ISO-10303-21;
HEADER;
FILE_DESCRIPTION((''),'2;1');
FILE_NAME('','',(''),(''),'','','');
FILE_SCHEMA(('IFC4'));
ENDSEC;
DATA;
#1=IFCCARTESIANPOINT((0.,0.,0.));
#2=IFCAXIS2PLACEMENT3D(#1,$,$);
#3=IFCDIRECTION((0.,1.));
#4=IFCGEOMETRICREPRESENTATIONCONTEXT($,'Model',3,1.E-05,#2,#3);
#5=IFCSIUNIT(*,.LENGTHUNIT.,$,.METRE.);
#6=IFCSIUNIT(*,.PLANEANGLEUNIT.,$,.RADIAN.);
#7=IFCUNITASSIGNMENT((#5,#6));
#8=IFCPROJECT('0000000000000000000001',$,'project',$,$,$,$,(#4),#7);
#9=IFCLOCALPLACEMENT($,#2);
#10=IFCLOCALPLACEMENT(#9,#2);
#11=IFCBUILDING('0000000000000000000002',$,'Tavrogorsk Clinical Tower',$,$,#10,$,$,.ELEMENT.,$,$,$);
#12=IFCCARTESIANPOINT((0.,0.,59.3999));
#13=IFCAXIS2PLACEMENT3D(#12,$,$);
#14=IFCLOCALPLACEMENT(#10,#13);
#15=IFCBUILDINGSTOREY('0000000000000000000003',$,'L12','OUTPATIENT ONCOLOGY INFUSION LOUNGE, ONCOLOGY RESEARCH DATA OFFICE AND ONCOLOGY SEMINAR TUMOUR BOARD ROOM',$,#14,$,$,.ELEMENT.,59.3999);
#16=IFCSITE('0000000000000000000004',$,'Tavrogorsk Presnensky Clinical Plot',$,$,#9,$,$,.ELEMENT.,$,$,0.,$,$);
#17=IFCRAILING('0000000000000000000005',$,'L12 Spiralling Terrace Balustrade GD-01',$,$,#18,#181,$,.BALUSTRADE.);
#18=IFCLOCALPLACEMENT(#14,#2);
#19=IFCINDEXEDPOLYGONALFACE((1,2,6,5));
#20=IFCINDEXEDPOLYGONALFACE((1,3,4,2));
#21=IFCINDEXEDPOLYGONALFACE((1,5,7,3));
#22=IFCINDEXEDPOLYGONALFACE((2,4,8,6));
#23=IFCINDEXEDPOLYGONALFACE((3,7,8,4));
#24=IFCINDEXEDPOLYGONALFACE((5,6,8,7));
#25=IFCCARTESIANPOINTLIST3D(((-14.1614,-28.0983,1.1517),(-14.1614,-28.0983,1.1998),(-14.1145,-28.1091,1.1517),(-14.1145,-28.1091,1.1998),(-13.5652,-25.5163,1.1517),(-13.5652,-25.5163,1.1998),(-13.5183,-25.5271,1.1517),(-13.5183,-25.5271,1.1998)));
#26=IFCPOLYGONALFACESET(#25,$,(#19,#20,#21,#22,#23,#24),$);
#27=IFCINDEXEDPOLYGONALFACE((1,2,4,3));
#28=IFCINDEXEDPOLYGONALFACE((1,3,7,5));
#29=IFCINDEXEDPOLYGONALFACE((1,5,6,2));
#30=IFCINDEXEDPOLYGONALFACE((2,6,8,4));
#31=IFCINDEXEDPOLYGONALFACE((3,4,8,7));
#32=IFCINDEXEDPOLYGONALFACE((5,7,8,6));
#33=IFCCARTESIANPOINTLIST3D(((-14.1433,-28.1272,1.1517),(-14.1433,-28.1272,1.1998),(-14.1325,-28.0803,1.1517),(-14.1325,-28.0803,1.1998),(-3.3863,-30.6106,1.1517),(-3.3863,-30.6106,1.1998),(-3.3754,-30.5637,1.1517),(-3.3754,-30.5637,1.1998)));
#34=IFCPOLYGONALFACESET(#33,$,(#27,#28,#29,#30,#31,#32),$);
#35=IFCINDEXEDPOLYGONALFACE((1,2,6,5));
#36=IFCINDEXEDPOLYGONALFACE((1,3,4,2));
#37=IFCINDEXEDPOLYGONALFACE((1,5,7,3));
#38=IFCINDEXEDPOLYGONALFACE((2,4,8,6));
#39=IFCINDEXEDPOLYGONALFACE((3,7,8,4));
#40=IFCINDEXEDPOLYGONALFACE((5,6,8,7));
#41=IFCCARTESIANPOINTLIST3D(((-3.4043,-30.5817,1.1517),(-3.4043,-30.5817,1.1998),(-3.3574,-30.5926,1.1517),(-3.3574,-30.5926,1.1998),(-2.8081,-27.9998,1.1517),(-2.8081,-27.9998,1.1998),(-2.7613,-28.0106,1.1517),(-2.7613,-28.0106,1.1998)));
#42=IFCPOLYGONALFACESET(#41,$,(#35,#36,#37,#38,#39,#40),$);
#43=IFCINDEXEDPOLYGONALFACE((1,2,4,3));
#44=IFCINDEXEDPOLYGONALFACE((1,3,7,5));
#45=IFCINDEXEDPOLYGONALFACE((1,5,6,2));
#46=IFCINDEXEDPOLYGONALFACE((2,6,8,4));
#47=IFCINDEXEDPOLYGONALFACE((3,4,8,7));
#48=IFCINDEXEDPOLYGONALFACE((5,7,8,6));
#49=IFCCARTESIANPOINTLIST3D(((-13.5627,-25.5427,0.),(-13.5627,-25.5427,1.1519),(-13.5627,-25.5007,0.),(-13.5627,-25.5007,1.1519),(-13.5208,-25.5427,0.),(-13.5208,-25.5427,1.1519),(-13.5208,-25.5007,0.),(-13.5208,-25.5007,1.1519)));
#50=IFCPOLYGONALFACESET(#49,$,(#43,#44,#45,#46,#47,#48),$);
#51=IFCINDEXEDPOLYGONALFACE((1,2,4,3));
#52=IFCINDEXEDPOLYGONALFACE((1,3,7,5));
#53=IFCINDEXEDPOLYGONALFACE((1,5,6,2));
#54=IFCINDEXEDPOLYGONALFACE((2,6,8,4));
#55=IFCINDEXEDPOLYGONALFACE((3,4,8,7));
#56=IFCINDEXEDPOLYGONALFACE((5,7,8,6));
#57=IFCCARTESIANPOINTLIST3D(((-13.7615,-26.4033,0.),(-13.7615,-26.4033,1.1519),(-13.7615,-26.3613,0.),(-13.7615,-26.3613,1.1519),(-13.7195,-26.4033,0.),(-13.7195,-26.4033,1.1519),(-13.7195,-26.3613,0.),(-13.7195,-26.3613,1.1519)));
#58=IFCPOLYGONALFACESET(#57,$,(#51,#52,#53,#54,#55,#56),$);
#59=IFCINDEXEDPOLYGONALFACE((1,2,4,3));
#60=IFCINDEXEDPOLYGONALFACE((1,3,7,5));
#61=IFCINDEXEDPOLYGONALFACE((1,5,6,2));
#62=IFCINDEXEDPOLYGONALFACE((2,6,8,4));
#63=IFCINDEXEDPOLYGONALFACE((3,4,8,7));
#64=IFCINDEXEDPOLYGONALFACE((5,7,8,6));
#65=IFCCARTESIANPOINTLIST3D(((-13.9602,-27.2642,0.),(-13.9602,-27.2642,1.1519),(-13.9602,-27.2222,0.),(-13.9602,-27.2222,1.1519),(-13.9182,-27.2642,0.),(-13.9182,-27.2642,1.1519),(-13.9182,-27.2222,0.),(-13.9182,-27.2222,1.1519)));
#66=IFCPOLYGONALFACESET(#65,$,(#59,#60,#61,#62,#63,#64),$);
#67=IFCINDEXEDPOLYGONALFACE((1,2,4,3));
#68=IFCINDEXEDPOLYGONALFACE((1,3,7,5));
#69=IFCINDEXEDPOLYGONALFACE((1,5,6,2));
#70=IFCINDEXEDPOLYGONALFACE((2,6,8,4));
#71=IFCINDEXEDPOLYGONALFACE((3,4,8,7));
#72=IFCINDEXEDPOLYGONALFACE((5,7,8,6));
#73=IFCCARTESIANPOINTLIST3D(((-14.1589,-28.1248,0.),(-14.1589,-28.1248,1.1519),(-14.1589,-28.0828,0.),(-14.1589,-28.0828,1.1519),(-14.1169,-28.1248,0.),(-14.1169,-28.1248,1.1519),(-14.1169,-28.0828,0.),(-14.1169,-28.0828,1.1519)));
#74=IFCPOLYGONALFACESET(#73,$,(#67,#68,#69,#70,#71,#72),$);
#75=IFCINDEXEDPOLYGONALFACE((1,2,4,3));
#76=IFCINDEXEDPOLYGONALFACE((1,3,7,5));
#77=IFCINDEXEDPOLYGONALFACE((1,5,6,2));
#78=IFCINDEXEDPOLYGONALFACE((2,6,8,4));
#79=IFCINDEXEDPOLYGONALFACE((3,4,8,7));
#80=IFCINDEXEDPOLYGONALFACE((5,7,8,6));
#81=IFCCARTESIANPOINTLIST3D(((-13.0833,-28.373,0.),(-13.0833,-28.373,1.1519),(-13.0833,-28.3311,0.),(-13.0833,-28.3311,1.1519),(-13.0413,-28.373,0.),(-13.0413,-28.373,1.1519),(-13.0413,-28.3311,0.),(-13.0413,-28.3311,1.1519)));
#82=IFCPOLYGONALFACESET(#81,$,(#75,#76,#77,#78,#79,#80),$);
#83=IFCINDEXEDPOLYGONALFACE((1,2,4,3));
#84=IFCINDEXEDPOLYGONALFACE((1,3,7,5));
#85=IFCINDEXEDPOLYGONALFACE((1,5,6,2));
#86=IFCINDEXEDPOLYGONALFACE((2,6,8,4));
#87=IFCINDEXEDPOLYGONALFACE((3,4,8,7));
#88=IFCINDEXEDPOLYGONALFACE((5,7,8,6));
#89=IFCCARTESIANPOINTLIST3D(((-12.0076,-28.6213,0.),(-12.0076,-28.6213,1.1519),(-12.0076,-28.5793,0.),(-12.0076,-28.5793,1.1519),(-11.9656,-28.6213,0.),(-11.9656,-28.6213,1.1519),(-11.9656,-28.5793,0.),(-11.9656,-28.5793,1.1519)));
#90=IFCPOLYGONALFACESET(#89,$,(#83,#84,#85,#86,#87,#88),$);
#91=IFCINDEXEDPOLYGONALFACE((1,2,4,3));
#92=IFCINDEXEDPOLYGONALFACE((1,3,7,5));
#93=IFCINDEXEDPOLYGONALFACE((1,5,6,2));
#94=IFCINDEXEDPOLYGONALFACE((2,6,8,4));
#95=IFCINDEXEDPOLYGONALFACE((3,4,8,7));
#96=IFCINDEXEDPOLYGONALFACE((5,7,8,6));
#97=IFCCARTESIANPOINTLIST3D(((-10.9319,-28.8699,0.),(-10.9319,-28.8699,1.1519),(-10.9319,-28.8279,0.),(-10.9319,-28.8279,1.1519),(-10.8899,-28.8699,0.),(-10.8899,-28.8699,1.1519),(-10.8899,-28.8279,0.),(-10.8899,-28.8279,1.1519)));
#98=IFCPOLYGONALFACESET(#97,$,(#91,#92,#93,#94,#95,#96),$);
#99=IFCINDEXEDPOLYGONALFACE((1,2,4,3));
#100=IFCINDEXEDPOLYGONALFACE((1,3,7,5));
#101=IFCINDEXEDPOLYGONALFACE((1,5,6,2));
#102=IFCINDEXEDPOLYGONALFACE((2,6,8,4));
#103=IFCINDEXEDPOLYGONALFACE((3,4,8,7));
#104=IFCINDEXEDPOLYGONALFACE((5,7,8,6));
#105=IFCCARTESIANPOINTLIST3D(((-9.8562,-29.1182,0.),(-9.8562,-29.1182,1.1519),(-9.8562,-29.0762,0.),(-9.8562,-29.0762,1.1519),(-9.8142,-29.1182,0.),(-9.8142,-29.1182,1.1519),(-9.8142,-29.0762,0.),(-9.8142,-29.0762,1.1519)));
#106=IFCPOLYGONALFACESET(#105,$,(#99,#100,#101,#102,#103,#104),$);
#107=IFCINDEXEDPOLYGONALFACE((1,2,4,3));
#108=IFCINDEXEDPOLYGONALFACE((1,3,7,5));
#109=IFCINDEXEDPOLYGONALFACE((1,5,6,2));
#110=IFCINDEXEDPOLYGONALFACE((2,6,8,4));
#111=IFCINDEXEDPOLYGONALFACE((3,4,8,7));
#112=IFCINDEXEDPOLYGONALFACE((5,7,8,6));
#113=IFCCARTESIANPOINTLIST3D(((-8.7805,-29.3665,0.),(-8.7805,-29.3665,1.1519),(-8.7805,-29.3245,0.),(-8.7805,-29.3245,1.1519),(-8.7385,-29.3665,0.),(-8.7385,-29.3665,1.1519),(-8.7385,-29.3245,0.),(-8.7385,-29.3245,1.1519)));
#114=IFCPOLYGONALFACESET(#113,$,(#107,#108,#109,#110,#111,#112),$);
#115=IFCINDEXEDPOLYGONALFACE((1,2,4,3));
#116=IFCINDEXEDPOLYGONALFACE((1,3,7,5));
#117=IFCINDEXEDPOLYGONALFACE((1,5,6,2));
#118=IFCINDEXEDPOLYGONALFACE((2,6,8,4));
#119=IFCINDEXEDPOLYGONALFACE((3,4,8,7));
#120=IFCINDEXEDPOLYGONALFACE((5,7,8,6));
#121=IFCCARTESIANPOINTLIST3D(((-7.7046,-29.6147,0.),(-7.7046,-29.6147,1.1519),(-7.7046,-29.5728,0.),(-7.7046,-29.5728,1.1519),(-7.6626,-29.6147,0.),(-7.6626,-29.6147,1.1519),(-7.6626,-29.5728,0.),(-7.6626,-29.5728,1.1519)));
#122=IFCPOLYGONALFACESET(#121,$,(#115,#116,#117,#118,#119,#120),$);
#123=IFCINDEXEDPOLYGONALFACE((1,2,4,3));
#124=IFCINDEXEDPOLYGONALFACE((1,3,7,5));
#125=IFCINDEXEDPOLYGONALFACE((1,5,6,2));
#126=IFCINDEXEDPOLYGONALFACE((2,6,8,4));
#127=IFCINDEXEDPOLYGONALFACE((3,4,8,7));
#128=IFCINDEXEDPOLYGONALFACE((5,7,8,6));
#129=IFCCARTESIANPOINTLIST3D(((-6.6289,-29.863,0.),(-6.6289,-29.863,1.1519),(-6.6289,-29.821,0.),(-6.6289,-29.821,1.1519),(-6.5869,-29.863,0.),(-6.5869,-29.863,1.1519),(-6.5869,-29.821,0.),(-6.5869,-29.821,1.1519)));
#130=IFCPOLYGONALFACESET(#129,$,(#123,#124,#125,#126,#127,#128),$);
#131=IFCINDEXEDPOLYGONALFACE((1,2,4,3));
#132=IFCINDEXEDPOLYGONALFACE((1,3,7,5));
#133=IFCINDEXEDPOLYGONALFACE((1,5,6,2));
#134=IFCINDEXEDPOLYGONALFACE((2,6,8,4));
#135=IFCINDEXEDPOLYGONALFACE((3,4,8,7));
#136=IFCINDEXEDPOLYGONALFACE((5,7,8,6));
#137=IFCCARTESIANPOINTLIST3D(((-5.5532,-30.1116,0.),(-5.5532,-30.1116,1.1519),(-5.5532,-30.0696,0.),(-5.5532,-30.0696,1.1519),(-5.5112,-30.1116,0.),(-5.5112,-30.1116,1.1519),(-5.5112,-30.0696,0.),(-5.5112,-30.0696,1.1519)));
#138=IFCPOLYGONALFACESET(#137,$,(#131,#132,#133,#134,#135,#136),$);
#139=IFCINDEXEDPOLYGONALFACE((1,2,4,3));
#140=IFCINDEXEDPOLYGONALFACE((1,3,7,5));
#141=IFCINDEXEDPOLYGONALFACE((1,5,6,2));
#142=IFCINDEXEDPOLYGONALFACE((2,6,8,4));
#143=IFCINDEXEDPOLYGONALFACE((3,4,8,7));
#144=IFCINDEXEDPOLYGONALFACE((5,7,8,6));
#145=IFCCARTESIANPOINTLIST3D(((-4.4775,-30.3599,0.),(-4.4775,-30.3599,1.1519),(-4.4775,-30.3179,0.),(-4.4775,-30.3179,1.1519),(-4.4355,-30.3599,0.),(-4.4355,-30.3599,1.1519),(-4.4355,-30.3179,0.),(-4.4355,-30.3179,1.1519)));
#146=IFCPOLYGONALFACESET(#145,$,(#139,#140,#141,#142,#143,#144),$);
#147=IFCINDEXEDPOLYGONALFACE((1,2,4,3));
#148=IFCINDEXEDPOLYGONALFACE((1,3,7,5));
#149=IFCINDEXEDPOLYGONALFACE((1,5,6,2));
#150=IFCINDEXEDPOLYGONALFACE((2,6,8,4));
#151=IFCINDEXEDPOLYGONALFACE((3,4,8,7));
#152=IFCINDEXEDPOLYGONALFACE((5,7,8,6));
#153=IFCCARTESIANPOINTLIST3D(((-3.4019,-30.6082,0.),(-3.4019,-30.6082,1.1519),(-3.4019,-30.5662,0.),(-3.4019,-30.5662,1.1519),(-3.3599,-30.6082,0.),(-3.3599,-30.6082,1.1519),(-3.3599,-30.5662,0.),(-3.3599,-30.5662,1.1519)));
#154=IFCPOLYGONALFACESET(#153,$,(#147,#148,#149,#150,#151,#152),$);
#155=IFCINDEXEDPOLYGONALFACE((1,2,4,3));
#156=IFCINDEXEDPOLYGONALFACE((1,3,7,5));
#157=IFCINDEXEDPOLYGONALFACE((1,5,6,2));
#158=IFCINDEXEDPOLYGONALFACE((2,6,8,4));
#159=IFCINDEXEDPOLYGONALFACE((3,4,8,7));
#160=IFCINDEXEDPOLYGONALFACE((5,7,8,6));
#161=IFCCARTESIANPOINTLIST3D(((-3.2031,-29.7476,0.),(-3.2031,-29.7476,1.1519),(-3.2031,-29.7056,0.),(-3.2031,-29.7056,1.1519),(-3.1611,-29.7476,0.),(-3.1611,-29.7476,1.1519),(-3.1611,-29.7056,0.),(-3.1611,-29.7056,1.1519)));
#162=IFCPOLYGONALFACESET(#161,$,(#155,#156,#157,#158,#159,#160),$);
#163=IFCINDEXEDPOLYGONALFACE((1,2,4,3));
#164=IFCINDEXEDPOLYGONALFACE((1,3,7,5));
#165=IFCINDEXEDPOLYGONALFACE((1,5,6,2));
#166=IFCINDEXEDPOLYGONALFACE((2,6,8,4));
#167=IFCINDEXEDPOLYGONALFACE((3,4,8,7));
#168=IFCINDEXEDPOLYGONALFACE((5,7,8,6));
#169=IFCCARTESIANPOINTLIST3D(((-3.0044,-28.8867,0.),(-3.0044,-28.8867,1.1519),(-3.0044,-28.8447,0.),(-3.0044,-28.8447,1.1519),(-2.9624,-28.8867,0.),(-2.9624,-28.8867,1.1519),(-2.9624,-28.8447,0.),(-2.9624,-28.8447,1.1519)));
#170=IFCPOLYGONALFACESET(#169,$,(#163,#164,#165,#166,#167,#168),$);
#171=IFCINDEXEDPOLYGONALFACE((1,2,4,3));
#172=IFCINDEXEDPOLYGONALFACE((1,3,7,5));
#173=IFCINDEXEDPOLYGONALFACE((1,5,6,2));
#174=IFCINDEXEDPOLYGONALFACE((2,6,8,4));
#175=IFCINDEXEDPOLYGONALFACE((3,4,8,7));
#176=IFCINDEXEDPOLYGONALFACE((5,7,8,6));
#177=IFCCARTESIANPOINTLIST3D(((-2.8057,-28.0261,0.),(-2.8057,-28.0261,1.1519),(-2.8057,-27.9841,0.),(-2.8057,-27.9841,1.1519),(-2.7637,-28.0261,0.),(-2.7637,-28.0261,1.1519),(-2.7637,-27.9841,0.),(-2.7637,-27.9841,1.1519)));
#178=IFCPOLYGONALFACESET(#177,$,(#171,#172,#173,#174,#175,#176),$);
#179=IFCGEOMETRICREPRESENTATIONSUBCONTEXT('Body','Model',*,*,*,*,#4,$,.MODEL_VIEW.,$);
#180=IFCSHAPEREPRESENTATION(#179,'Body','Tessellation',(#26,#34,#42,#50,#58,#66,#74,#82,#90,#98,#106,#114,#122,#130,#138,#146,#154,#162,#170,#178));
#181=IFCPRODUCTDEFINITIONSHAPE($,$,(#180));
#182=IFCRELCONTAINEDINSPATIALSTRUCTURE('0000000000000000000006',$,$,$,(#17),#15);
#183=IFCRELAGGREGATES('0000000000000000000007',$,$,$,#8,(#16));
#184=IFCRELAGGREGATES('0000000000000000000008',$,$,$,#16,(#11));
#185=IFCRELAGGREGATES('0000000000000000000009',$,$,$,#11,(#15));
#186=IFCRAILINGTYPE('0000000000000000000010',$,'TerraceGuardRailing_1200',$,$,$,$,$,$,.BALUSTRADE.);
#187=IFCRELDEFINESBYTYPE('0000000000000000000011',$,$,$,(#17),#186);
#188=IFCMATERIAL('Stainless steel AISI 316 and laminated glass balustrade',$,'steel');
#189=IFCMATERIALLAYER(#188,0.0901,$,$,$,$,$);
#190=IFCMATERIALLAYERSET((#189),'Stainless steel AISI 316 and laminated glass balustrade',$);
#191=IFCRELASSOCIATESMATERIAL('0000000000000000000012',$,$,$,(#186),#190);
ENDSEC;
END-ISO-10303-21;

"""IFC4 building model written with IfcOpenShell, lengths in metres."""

from ifc_helpers import new_model, si_unit, direction, frame, origin, origin_2d, place, context, subcontext, project, spatial, rectangle, extrude, material, layer, layer_set, type_object, element, save


model = new_model("IFC4")

# Units and contexts
model_context = context("Model", 3, precision=1e-05, world=origin(), true_north=direction((0.0, 1.0)))
body_context = subcontext(model_context, "Body", "Model", "MODEL_VIEW")
ifc_project = project(units=[si_unit("LENGTHUNIT", "METRE"), si_unit("PLANEANGLEUNIT", "RADIAN")], contexts=[model_context])

# Site, building, storey
site_placement = place(None, origin())
site = spatial("IfcSite", under=ifc_project, at=site_placement, Name="Tavrogorsk Presnensky Clinical Plot", CompositionType="ELEMENT", RefElevation=0.0)
building_placement = place(site_placement, origin())
building = spatial("IfcBuilding", under=site, at=building_placement, Name="Tavrogorsk Clinical Tower", CompositionType="ELEMENT")
storey_placement = place(building_placement, frame((0.0, 0.0, 59.3999)))
storey = spatial("IfcBuildingStorey", under=building, at=storey_placement, Name="L12", Description="OUTPATIENT ONCOLOGY INFUSION LOUNGE, ONCOLOGY RESEARCH DATA OFFICE AND ONCOLOGY SEMINAR TUMOUR BOARD ROOM", CompositionType="ELEMENT", Elevation=59.3999)

# Railing
ifc_material_1 = material(Name="Stainless steel AISI 316 and laminated glass balustrade", Category="steel")
ifc_layer_1 = layer(ifc_material_1, 0.0901)
ifc_layer_set_1 = layer_set([ifc_layer_1], Name="Stainless steel AISI 316 and laminated glass balustrade")
railing_type = type_object("IfcRailingType", Name="TerraceGuardRailing_1200", PredefinedType="BALUSTRADE", material=ifc_layer_set_1)
railing_placement = place(storey_placement, frame((-13.5417, -25.5217, 0.0)))
element("IfcRailing", 1, at=railing_placement, inside=storey, type_object=railing_type, Name="L12 Spiralling Terrace Balustrade GD-01", PredefinedType="BALUSTRADE", context=body_context, shape_type="SweptSolid", body=[
    extrude(rectangle(XDim=0.0481, YDim=0.0481, at=origin_2d()), frame((0.0, 0.0, 1.1758), z_axis=(-0.224981, -0.974363, 0.0), x_axis=(0.974363, -0.224981, 0.0)), (0.0, 0.0, 1.0), 2.6499),
    extrude(rectangle(XDim=0.0481, YDim=0.0481, at=origin_2d()), frame((-0.5962, -2.582, 1.1758), z_axis=(0.974371, -0.224945, 0.0), x_axis=(0.224945, 0.974371, 0.0)), (0.0, 0.0, 1.0), 11.04),
    extrude(rectangle(XDim=0.0481, YDim=0.0481, at=origin_2d()), frame((10.1609, -5.0654, 1.1758), z_axis=(0.224981, 0.974363, 0.0), x_axis=(-0.974363, 0.224981, 0.0)), (0.0, 0.0, 1.0), 2.6499),
    extrude(rectangle(XDim=0.042, YDim=0.042, at=origin_2d()), origin(), (0.0, 0.0, 1.0), 1.1519),
    extrude(rectangle(XDim=0.042, YDim=0.042, at=origin_2d()), frame((-0.1987, -0.8606, 0.0)), (0.0, 0.0, 1.0), 1.1519),
    extrude(rectangle(XDim=0.042, YDim=0.042, at=origin_2d()), frame((-0.3975, -1.7214, 0.0)), (0.0, 0.0, 1.0), 1.1519),
    extrude(rectangle(XDim=0.042, YDim=0.042, at=origin_2d()), frame((-0.5962, -2.582, 0.0)), (0.0, 0.0, 1.0), 1.1519),
    extrude(rectangle(XDim=0.042, YDim=0.042, at=origin_2d()), frame((0.4795, -2.8303, 0.0)), (0.0, 0.0, 1.0), 1.1519),
    extrude(rectangle(XDim=0.042, YDim=0.042, at=origin_2d()), frame((1.5552, -3.0786, 0.0)), (0.0, 0.0, 1.0), 1.1519),
    extrude(rectangle(XDim=0.042, YDim=0.042, at=origin_2d()), frame((2.6309, -3.3271, 0.0)), (0.0, 0.0, 1.0), 1.1519),
    extrude(rectangle(XDim=0.042, YDim=0.042, at=origin_2d()), frame((3.7065, -3.5754, 0.0)), (0.0, 0.0, 1.0), 1.1519),
    extrude(rectangle(XDim=0.042, YDim=0.042, at=origin_2d()), frame((4.7822, -3.8237, 0.0)), (0.0, 0.0, 1.0), 1.1519),
    extrude(rectangle(XDim=0.042, YDim=0.042, at=origin_2d()), frame((5.8582, -4.072, 0.0)), (0.0, 0.0, 1.0), 1.1519),
    extrude(rectangle(XDim=0.042, YDim=0.042, at=origin_2d()), frame((6.9338, -4.3203, 0.0)), (0.0, 0.0, 1.0), 1.1519),
    extrude(rectangle(XDim=0.042, YDim=0.042, at=origin_2d()), frame((8.0095, -4.5688, 0.0)), (0.0, 0.0, 1.0), 1.1519),
    extrude(rectangle(XDim=0.042, YDim=0.042, at=origin_2d()), frame((9.0852, -4.8171, 0.0)), (0.0, 0.0, 1.0), 1.1519),
    extrude(rectangle(XDim=0.042, YDim=0.042, at=origin_2d()), frame((10.1609, -5.0654, 0.0)), (0.0, 0.0, 1.0), 1.1519),
    extrude(rectangle(XDim=0.042, YDim=0.042, at=origin_2d()), frame((10.3596, -4.2048, 0.0)), (0.0, 0.0, 1.0), 1.1519),
    extrude(rectangle(XDim=0.042, YDim=0.042, at=origin_2d()), frame((10.5583, -3.344, 0.0)), (0.0, 0.0, 1.0), 1.1519),
    extrude(rectangle(XDim=0.042, YDim=0.042, at=origin_2d()), frame((10.7571, -2.4834, 0.0)), (0.0, 0.0, 1.0), 1.1519),
])

save(model, "model.ifc")
